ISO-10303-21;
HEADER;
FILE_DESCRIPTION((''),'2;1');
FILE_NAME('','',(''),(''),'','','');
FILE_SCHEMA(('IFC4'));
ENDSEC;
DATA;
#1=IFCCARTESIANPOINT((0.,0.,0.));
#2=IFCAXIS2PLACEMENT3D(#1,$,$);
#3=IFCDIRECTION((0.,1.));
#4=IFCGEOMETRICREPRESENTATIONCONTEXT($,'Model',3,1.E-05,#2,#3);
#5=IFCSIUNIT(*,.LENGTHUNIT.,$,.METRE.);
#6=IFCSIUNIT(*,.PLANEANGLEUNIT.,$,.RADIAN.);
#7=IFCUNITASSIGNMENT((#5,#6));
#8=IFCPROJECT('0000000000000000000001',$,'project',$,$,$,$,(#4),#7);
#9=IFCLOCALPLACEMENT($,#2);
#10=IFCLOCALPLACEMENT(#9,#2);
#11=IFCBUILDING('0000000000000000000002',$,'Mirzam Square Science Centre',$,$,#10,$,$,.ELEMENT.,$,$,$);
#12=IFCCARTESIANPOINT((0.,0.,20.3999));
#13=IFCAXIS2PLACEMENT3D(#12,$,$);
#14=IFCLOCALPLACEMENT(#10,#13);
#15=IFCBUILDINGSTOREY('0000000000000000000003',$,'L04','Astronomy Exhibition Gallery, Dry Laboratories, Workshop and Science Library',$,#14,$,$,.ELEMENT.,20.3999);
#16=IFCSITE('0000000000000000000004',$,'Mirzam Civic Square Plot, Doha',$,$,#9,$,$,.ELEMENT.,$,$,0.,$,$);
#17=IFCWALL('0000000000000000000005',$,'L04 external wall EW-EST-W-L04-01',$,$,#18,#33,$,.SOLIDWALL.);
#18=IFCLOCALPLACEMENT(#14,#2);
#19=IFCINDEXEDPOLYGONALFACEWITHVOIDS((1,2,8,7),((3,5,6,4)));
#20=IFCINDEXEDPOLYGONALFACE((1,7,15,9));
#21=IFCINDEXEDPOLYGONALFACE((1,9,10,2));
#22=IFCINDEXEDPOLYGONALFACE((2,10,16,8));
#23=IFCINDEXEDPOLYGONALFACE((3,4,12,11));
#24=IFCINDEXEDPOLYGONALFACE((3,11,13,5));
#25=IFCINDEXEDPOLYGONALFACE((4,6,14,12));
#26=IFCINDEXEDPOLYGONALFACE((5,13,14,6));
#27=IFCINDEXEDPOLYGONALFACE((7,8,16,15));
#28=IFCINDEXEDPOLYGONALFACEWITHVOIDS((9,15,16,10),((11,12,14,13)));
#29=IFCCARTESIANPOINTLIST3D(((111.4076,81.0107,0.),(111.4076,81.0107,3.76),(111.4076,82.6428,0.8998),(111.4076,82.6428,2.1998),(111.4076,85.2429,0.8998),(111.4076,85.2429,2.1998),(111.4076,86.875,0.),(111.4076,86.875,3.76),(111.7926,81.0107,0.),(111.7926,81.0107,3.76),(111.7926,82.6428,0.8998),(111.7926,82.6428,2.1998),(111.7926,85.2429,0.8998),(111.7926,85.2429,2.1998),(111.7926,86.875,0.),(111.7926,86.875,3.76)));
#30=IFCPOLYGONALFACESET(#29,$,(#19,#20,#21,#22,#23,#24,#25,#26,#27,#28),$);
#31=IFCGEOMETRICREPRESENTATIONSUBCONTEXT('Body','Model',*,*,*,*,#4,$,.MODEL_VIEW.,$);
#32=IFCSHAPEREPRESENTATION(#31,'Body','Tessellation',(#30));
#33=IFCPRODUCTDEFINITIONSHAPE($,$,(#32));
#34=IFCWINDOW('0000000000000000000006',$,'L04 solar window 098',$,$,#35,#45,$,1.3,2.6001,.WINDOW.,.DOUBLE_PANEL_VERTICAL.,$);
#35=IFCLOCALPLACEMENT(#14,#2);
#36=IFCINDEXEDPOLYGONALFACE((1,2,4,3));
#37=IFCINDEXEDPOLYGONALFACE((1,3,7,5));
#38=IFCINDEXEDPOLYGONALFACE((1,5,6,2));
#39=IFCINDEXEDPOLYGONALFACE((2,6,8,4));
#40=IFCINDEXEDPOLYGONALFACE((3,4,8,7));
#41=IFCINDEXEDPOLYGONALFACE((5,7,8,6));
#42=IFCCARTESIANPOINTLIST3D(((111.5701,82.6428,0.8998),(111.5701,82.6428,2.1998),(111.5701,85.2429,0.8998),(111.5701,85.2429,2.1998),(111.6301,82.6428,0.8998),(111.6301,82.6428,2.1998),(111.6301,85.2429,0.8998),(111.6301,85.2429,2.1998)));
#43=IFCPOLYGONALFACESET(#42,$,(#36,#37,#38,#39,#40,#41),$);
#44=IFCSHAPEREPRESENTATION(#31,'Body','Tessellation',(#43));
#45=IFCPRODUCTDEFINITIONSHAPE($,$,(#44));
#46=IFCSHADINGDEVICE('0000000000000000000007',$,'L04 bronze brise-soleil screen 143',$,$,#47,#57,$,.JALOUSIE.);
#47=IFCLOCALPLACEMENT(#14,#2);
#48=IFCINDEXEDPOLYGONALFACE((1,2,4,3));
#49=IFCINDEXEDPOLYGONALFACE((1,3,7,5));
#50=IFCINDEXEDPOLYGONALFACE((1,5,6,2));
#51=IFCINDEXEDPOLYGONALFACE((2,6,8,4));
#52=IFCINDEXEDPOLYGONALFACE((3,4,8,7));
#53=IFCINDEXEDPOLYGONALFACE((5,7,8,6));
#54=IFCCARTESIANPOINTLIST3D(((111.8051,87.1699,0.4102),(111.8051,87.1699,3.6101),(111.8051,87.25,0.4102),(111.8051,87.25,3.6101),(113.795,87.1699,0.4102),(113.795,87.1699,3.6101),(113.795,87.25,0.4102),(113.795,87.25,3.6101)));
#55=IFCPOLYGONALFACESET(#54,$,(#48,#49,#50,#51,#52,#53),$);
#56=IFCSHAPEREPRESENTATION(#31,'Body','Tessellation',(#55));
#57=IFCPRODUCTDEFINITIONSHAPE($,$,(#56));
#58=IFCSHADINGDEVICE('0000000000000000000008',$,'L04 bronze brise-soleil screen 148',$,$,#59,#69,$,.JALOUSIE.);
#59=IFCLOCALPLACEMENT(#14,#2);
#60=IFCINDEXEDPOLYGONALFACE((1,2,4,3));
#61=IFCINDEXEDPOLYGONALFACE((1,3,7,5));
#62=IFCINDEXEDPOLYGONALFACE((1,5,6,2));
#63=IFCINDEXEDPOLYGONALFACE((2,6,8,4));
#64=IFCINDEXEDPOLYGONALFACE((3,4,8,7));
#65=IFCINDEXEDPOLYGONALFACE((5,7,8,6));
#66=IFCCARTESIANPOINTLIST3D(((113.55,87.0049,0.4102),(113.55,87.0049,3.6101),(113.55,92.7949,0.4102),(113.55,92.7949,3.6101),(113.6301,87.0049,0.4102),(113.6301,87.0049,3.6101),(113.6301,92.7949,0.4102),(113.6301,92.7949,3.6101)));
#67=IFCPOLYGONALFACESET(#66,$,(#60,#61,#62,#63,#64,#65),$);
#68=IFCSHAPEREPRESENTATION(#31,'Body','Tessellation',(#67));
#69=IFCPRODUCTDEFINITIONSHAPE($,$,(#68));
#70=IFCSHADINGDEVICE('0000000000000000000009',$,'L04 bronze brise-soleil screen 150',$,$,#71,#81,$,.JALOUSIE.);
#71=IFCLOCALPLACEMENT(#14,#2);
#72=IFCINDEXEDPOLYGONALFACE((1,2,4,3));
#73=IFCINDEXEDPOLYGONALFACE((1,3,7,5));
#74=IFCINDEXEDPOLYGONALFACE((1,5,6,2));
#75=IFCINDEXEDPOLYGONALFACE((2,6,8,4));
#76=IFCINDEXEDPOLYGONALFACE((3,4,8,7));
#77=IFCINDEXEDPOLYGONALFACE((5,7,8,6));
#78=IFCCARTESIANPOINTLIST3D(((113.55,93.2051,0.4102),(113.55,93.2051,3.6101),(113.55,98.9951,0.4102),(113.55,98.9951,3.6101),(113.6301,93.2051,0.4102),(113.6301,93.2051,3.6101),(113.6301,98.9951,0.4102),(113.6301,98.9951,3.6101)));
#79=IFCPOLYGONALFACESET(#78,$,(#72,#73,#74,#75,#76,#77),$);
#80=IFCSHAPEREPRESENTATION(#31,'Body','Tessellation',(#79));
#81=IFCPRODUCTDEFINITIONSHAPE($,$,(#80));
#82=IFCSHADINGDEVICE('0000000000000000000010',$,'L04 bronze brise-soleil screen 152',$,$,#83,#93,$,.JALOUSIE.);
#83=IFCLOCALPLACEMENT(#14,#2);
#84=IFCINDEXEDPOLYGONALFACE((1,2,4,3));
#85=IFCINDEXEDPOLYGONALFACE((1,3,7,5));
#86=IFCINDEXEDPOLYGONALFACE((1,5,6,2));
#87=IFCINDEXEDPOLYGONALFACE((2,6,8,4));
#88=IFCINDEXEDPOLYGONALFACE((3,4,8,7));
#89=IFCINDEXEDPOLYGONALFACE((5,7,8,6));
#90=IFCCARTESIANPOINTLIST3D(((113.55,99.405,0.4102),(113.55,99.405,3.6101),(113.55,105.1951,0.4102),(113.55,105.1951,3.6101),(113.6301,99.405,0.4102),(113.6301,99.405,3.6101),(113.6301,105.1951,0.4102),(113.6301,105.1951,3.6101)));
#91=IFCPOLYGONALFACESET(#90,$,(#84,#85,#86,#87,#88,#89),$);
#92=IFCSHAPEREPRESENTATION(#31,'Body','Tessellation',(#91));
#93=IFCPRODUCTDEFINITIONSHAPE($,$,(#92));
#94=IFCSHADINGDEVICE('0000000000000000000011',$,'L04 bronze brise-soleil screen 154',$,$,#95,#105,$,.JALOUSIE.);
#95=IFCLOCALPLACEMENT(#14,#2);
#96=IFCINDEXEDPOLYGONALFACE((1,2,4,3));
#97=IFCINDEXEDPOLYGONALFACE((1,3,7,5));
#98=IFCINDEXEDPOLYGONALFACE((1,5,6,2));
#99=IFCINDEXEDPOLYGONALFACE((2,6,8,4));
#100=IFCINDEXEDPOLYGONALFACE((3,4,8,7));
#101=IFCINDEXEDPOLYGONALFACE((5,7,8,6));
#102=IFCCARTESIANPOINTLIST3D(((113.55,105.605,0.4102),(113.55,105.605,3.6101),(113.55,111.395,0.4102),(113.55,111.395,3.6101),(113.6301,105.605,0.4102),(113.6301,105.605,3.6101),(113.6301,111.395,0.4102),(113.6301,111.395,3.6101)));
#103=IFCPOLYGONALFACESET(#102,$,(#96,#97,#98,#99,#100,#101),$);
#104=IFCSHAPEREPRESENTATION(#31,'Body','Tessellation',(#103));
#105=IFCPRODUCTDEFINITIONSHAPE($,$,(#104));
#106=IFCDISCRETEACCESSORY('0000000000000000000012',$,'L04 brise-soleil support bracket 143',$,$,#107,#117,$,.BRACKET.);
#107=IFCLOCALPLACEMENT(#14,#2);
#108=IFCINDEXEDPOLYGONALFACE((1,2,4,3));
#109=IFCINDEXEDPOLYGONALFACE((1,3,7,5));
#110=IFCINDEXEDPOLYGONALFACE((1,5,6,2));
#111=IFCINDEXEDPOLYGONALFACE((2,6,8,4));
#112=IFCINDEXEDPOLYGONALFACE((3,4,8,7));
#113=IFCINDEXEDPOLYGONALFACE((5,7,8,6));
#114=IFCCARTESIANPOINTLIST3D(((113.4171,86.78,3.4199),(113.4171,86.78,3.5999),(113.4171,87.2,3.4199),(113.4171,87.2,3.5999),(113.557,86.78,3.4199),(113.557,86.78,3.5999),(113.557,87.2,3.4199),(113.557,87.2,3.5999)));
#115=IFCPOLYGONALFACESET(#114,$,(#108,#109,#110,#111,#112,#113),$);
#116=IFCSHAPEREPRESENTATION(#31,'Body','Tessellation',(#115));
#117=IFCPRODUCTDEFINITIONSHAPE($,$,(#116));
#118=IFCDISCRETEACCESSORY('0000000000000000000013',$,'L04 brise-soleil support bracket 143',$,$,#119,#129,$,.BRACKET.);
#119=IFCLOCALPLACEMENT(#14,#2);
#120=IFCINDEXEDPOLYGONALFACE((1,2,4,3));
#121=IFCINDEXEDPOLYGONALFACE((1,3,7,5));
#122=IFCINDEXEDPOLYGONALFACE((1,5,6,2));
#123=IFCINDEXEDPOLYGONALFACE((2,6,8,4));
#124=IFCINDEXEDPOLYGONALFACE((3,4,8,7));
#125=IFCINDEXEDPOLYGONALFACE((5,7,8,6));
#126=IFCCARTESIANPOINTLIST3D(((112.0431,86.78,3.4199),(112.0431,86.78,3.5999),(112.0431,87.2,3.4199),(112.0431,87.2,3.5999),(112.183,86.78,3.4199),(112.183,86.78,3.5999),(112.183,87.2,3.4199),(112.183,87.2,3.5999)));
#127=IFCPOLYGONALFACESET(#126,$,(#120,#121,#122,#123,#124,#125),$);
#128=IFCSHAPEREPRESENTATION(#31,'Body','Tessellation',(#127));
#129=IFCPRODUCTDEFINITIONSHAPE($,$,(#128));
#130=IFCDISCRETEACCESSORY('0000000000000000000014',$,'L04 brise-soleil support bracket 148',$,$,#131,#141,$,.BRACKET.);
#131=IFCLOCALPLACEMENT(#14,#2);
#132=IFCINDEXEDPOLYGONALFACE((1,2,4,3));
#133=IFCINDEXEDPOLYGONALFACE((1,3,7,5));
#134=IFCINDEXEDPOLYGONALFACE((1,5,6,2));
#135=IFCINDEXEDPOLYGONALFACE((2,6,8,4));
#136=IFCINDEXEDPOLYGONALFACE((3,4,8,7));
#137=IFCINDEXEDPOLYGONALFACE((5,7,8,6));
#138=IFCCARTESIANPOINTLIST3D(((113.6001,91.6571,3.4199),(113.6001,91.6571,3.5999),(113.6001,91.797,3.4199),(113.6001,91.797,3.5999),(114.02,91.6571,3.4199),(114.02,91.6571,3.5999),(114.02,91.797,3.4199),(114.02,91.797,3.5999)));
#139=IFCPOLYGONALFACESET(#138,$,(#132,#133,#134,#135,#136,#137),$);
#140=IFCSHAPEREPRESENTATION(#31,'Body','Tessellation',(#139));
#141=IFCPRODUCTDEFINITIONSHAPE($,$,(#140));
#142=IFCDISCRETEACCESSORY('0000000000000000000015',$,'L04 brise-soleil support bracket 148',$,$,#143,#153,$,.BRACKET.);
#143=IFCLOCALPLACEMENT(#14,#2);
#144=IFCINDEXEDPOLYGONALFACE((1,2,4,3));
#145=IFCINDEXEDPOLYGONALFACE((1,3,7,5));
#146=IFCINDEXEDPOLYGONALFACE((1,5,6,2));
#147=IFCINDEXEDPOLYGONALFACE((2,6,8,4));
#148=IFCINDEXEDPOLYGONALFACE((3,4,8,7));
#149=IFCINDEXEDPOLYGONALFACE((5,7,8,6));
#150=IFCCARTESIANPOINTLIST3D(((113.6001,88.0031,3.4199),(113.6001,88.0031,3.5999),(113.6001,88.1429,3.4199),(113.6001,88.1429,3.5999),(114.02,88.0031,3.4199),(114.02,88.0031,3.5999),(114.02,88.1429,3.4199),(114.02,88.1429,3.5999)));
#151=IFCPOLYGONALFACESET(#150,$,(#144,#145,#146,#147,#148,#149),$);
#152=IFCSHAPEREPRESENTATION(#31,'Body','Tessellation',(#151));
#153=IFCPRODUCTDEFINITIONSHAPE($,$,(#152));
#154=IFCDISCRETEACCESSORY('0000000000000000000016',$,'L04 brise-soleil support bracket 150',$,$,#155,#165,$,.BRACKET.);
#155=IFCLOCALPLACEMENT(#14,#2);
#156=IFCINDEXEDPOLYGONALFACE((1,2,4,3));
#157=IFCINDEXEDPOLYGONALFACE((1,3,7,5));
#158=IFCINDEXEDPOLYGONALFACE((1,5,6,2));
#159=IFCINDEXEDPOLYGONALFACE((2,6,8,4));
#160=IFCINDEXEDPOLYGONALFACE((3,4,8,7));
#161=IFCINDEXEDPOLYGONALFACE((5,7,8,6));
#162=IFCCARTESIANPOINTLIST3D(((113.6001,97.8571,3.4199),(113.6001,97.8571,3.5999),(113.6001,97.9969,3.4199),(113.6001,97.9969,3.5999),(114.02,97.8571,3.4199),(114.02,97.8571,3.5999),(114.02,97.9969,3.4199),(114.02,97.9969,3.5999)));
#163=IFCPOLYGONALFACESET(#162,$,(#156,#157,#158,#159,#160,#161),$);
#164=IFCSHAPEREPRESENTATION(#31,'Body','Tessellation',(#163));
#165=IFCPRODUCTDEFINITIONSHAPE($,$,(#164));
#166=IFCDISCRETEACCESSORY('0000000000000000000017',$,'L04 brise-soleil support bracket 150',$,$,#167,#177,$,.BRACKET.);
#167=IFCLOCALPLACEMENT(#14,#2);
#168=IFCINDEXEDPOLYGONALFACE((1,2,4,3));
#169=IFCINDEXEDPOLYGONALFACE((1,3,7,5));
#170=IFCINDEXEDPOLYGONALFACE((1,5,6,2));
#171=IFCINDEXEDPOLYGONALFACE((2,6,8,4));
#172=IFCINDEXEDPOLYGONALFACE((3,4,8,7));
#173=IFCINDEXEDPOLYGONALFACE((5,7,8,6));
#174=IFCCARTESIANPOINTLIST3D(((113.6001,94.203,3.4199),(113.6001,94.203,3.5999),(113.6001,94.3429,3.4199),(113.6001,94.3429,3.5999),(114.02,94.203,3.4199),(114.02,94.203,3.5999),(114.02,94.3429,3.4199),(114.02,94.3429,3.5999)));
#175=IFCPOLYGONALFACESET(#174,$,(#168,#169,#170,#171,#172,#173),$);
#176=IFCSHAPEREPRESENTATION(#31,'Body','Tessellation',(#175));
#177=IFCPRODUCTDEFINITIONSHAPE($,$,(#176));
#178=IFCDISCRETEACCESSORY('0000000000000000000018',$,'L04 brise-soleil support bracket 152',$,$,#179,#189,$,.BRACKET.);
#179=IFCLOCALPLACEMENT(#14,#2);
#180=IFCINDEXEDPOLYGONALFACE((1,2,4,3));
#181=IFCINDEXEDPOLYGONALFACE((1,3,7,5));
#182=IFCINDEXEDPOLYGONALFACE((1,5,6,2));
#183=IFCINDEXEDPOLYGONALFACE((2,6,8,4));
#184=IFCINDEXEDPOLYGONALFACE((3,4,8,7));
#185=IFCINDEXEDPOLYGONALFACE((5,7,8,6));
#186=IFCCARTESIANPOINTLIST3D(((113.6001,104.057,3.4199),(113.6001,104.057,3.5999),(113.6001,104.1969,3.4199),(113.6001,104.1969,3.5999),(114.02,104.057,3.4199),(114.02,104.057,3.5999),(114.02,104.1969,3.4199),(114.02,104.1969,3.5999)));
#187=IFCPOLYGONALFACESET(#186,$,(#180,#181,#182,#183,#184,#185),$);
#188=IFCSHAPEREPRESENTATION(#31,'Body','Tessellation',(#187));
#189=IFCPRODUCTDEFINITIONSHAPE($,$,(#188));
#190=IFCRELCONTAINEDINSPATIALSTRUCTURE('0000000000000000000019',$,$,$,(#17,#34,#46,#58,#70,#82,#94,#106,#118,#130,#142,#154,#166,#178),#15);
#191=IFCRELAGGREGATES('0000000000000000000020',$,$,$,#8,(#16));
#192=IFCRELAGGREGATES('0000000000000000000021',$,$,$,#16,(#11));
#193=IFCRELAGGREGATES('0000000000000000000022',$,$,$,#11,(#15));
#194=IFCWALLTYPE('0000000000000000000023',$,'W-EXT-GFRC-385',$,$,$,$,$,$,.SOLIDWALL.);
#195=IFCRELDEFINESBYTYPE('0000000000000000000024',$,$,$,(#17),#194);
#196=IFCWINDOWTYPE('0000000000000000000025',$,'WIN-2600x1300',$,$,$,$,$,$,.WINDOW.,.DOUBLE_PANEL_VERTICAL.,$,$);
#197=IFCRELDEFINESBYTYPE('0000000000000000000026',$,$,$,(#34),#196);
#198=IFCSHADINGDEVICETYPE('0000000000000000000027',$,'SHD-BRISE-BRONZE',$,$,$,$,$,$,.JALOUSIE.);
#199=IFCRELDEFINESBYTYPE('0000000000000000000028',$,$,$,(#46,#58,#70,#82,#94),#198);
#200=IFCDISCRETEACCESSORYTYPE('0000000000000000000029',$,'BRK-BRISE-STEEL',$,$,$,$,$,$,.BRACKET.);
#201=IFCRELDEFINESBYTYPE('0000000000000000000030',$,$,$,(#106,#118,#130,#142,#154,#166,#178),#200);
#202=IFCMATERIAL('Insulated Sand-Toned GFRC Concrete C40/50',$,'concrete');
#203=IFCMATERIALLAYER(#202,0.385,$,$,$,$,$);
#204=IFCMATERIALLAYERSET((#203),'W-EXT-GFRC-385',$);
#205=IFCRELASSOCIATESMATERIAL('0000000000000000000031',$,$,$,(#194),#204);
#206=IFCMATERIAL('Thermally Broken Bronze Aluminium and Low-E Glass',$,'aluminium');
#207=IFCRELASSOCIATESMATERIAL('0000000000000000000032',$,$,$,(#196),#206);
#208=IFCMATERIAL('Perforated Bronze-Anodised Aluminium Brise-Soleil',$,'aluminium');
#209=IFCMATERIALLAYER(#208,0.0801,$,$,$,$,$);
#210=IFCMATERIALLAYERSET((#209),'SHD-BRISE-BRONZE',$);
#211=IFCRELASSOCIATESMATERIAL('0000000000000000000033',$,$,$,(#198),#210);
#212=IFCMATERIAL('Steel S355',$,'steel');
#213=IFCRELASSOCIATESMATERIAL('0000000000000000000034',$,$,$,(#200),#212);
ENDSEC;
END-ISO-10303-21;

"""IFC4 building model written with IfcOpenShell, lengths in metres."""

from ifc_helpers import new_model, si_unit, direction, frame, frame_2d, origin, origin_2d, place, context, subcontext, project, spatial, rectangle, extrude, material, layer, layer_set, type_object, element, fill, save


model = new_model("IFC4")

# Units and contexts
model_context = context("Model", 3, precision=1e-05, world=origin(), true_north=direction((0.0, 1.0)))
body_context = subcontext(model_context, "Body", "Model", "MODEL_VIEW")
ifc_project = project(units=[si_unit("LENGTHUNIT", "METRE"), si_unit("PLANEANGLEUNIT", "RADIAN")], contexts=[model_context])

# Site, building, storey
site_placement = place(None, origin())
site = spatial("IfcSite", under=ifc_project, at=site_placement, Name="Mirzam Civic Square Plot, Doha", CompositionType="ELEMENT", RefElevation=0.0)
building_placement = place(site_placement, origin())
building = spatial("IfcBuilding", under=site, at=building_placement, Name="Mirzam Square Science Centre", CompositionType="ELEMENT")
storey_placement = place(building_placement, frame((0.0, 0.0, 20.3999)))
storey = spatial("IfcBuildingStorey", under=building, at=storey_placement, Name="L04", Description="Astronomy Exhibition Gallery, Dry Laboratories, Workshop and Science Library", CompositionType="ELEMENT", Elevation=20.3999)

# Shared definitions
ifc_material_1 = material(Name="Steel S355", Category="steel")

# Wall, opening, window
ifc_material_2 = material(Name="Insulated Sand-Toned GFRC Concrete C40/50", Category="concrete")
ifc_layer_1 = layer(ifc_material_2, 0.385)
ifc_layer_set_1 = layer_set([ifc_layer_1], Name="W-EXT-GFRC-385")
wall_type = type_object("IfcWallType", Name="W-EXT-GFRC-385", PredefinedType="SOLIDWALL", material=ifc_layer_set_1)
wall_placement = place(storey_placement, frame((111.6001, 86.875, 0.0), z_axis=(0.0, 0.0, 1.0), x_axis=(0.0, -1.0, 0.0)))
wall = element("IfcWall", 1, at=wall_placement, inside=storey, type_object=wall_type, Name="L04 external wall EW-EST-W-L04-01", PredefinedType="SOLIDWALL", context=body_context, shape_type="SweptSolid", body=[
    extrude(rectangle(XDim=5.8643, YDim=0.385, at=frame_2d((2.9321, 0.0))), origin(), (0.0, 0.0, 1.0), 3.76),
])
opening_placement = place(wall_placement, frame((1.6321, 0.0, 0.8999)))
opening = element("IfcOpeningElement", 2, at=opening_placement, cuts=wall, PredefinedType="OPENING", context=body_context, shape_type="SweptSolid", body=[
    extrude(rectangle(XDim=2.6001, YDim=1.3, at=frame_2d((1.3, 0.6499))), frame((0.0, 0.2024, 0.0), z_axis=(0.0, -1.0, 0.0), x_axis=(1.0, 0.0, 0.0)), (0.0, 0.0, 1.0), 0.405),
])
ifc_material_3 = material(Name="Thermally Broken Bronze Aluminium and Low-E Glass", Category="aluminium")
window_type = type_object("IfcWindowType", Name="WIN-2600x1300", PartitioningType="DOUBLE_PANEL_VERTICAL", PredefinedType="WINDOW", material=ifc_material_3)
window_placement = place(opening_placement, origin())
window = element("IfcWindow", 3, at=window_placement, inside=storey, type_object=window_type, Name="L04 solar window 098", OverallHeight=1.3, OverallWidth=2.6001, PartitioningType="DOUBLE_PANEL_VERTICAL", PredefinedType="WINDOW", context=body_context, shape_type="SweptSolid", body=[
    extrude(rectangle(XDim=2.6001, YDim=1.3, at=frame_2d((1.3, 0.6499))), frame((0.0, 0.03, 0.0), z_axis=(0.0, -1.0, 0.0), x_axis=(1.0, 0.0, 0.0)), (0.0, 0.0, 1.0), 0.0601),
])
fill(opening, window)

# Shading devices
ifc_material_4 = material(Name="Perforated Bronze-Anodised Aluminium Brise-Soleil", Category="aluminium")
ifc_layer_2 = layer(ifc_material_4, 0.0801)
ifc_layer_set_2 = layer_set([ifc_layer_2], Name="SHD-BRISE-BRONZE")
shading_device_type = type_object("IfcShadingDeviceType", Name="SHD-BRISE-BRONZE", PredefinedType="JALOUSIE", material=ifc_layer_set_2)
shading_device_placement = place(storey_placement, frame((112.8, 87.21, 0.4102), z_axis=(0.0, 0.0, 1.0), x_axis=(-1.0, 0.0, 0.0)))
element("IfcShadingDevice", 4, at=shading_device_placement, inside=storey, type_object=shading_device_type, Name="L04 bronze brise-soleil screen 143", PredefinedType="JALOUSIE", context=body_context, shape_type="SweptSolid", body=[
    extrude(rectangle(XDim=1.99, YDim=0.0801, at=origin_2d()), origin(), (0.0, 0.0, 1.0), 3.2),
])
for number, where, z_axis, x_axis, name in (
    (5, (113.5901, 89.8999, 0.4102), (0.0, 0.0, 1.0), (0.0, -1.0, 0.0), "L04 bronze brise-soleil screen 148"),
    (6, (113.5901, 96.1001, 0.4102), (0.0, 0.0, 1.0), (0.0, -1.0, 0.0), "L04 bronze brise-soleil screen 150"),
    (7, (113.5901, 102.3, 0.4102), (0.0, 0.0, 1.0), (0.0, -1.0, 0.0), "L04 bronze brise-soleil screen 152"),
    (8, (113.5901, 108.5, 0.4102), (0.0, 0.0, 1.0), (0.0, -1.0, 0.0), "L04 bronze brise-soleil screen 154"),
):
    element("IfcShadingDevice", number, at=place(storey_placement, frame(where, z_axis=z_axis, x_axis=x_axis)), inside=storey, type_object=shading_device_type, Name=name, PredefinedType="JALOUSIE", context=body_context, shape_type="SweptSolid", body=[
        extrude(rectangle(XDim=5.79, YDim=0.0801, at=origin_2d()), origin(), (0.0, 0.0, 1.0), 3.2),
    ])

# Discrete accessories
discrete_accessory_type = type_object("IfcDiscreteAccessoryType", Name="BRK-BRISE-STEEL", PredefinedType="BRACKET", material=ifc_material_1)
for number, where, z_axis, x_axis, name in (
    (9, (113.4871, 86.99, 3.4199), (0.0, 0.0, 1.0), (-1.0, 0.0, 0.0), "L04 brise-soleil support bracket 143"),
    (10, (112.113, 86.99, 3.4199), (0.0, 0.0, 1.0), (-1.0, 0.0, 0.0), "L04 brise-soleil support bracket 143"),
    (11, (113.8101, 91.7271, 3.4199), (0.0, 0.0, 1.0), (0.0, -1.0, 0.0), "L04 brise-soleil support bracket 148"),
    (12, (113.8101, 88.073, 3.4199), (0.0, 0.0, 1.0), (0.0, -1.0, 0.0), "L04 brise-soleil support bracket 148"),
    (13, (113.8101, 97.927, 3.4199), (0.0, 0.0, 1.0), (0.0, -1.0, 0.0), "L04 brise-soleil support bracket 150"),
    (14, (113.8101, 94.2729, 3.4199), (0.0, 0.0, 1.0), (0.0, -1.0, 0.0), "L04 brise-soleil support bracket 150"),
    (15, (113.8101, 104.127, 3.4199), (0.0, 0.0, 1.0), (0.0, -1.0, 0.0), "L04 brise-soleil support bracket 152"),
):
    element("IfcDiscreteAccessory", number, at=place(storey_placement, frame(where, z_axis=z_axis, x_axis=x_axis)), inside=storey, type_object=discrete_accessory_type, Name=name, PredefinedType="BRACKET", context=body_context, shape_type="SweptSolid", body=[
        extrude(rectangle(XDim=0.1399, YDim=0.4199, at=origin_2d()), origin(), (0.0, 0.0, 1.0), 0.1799),
    ])

save(model, "model.ifc")
